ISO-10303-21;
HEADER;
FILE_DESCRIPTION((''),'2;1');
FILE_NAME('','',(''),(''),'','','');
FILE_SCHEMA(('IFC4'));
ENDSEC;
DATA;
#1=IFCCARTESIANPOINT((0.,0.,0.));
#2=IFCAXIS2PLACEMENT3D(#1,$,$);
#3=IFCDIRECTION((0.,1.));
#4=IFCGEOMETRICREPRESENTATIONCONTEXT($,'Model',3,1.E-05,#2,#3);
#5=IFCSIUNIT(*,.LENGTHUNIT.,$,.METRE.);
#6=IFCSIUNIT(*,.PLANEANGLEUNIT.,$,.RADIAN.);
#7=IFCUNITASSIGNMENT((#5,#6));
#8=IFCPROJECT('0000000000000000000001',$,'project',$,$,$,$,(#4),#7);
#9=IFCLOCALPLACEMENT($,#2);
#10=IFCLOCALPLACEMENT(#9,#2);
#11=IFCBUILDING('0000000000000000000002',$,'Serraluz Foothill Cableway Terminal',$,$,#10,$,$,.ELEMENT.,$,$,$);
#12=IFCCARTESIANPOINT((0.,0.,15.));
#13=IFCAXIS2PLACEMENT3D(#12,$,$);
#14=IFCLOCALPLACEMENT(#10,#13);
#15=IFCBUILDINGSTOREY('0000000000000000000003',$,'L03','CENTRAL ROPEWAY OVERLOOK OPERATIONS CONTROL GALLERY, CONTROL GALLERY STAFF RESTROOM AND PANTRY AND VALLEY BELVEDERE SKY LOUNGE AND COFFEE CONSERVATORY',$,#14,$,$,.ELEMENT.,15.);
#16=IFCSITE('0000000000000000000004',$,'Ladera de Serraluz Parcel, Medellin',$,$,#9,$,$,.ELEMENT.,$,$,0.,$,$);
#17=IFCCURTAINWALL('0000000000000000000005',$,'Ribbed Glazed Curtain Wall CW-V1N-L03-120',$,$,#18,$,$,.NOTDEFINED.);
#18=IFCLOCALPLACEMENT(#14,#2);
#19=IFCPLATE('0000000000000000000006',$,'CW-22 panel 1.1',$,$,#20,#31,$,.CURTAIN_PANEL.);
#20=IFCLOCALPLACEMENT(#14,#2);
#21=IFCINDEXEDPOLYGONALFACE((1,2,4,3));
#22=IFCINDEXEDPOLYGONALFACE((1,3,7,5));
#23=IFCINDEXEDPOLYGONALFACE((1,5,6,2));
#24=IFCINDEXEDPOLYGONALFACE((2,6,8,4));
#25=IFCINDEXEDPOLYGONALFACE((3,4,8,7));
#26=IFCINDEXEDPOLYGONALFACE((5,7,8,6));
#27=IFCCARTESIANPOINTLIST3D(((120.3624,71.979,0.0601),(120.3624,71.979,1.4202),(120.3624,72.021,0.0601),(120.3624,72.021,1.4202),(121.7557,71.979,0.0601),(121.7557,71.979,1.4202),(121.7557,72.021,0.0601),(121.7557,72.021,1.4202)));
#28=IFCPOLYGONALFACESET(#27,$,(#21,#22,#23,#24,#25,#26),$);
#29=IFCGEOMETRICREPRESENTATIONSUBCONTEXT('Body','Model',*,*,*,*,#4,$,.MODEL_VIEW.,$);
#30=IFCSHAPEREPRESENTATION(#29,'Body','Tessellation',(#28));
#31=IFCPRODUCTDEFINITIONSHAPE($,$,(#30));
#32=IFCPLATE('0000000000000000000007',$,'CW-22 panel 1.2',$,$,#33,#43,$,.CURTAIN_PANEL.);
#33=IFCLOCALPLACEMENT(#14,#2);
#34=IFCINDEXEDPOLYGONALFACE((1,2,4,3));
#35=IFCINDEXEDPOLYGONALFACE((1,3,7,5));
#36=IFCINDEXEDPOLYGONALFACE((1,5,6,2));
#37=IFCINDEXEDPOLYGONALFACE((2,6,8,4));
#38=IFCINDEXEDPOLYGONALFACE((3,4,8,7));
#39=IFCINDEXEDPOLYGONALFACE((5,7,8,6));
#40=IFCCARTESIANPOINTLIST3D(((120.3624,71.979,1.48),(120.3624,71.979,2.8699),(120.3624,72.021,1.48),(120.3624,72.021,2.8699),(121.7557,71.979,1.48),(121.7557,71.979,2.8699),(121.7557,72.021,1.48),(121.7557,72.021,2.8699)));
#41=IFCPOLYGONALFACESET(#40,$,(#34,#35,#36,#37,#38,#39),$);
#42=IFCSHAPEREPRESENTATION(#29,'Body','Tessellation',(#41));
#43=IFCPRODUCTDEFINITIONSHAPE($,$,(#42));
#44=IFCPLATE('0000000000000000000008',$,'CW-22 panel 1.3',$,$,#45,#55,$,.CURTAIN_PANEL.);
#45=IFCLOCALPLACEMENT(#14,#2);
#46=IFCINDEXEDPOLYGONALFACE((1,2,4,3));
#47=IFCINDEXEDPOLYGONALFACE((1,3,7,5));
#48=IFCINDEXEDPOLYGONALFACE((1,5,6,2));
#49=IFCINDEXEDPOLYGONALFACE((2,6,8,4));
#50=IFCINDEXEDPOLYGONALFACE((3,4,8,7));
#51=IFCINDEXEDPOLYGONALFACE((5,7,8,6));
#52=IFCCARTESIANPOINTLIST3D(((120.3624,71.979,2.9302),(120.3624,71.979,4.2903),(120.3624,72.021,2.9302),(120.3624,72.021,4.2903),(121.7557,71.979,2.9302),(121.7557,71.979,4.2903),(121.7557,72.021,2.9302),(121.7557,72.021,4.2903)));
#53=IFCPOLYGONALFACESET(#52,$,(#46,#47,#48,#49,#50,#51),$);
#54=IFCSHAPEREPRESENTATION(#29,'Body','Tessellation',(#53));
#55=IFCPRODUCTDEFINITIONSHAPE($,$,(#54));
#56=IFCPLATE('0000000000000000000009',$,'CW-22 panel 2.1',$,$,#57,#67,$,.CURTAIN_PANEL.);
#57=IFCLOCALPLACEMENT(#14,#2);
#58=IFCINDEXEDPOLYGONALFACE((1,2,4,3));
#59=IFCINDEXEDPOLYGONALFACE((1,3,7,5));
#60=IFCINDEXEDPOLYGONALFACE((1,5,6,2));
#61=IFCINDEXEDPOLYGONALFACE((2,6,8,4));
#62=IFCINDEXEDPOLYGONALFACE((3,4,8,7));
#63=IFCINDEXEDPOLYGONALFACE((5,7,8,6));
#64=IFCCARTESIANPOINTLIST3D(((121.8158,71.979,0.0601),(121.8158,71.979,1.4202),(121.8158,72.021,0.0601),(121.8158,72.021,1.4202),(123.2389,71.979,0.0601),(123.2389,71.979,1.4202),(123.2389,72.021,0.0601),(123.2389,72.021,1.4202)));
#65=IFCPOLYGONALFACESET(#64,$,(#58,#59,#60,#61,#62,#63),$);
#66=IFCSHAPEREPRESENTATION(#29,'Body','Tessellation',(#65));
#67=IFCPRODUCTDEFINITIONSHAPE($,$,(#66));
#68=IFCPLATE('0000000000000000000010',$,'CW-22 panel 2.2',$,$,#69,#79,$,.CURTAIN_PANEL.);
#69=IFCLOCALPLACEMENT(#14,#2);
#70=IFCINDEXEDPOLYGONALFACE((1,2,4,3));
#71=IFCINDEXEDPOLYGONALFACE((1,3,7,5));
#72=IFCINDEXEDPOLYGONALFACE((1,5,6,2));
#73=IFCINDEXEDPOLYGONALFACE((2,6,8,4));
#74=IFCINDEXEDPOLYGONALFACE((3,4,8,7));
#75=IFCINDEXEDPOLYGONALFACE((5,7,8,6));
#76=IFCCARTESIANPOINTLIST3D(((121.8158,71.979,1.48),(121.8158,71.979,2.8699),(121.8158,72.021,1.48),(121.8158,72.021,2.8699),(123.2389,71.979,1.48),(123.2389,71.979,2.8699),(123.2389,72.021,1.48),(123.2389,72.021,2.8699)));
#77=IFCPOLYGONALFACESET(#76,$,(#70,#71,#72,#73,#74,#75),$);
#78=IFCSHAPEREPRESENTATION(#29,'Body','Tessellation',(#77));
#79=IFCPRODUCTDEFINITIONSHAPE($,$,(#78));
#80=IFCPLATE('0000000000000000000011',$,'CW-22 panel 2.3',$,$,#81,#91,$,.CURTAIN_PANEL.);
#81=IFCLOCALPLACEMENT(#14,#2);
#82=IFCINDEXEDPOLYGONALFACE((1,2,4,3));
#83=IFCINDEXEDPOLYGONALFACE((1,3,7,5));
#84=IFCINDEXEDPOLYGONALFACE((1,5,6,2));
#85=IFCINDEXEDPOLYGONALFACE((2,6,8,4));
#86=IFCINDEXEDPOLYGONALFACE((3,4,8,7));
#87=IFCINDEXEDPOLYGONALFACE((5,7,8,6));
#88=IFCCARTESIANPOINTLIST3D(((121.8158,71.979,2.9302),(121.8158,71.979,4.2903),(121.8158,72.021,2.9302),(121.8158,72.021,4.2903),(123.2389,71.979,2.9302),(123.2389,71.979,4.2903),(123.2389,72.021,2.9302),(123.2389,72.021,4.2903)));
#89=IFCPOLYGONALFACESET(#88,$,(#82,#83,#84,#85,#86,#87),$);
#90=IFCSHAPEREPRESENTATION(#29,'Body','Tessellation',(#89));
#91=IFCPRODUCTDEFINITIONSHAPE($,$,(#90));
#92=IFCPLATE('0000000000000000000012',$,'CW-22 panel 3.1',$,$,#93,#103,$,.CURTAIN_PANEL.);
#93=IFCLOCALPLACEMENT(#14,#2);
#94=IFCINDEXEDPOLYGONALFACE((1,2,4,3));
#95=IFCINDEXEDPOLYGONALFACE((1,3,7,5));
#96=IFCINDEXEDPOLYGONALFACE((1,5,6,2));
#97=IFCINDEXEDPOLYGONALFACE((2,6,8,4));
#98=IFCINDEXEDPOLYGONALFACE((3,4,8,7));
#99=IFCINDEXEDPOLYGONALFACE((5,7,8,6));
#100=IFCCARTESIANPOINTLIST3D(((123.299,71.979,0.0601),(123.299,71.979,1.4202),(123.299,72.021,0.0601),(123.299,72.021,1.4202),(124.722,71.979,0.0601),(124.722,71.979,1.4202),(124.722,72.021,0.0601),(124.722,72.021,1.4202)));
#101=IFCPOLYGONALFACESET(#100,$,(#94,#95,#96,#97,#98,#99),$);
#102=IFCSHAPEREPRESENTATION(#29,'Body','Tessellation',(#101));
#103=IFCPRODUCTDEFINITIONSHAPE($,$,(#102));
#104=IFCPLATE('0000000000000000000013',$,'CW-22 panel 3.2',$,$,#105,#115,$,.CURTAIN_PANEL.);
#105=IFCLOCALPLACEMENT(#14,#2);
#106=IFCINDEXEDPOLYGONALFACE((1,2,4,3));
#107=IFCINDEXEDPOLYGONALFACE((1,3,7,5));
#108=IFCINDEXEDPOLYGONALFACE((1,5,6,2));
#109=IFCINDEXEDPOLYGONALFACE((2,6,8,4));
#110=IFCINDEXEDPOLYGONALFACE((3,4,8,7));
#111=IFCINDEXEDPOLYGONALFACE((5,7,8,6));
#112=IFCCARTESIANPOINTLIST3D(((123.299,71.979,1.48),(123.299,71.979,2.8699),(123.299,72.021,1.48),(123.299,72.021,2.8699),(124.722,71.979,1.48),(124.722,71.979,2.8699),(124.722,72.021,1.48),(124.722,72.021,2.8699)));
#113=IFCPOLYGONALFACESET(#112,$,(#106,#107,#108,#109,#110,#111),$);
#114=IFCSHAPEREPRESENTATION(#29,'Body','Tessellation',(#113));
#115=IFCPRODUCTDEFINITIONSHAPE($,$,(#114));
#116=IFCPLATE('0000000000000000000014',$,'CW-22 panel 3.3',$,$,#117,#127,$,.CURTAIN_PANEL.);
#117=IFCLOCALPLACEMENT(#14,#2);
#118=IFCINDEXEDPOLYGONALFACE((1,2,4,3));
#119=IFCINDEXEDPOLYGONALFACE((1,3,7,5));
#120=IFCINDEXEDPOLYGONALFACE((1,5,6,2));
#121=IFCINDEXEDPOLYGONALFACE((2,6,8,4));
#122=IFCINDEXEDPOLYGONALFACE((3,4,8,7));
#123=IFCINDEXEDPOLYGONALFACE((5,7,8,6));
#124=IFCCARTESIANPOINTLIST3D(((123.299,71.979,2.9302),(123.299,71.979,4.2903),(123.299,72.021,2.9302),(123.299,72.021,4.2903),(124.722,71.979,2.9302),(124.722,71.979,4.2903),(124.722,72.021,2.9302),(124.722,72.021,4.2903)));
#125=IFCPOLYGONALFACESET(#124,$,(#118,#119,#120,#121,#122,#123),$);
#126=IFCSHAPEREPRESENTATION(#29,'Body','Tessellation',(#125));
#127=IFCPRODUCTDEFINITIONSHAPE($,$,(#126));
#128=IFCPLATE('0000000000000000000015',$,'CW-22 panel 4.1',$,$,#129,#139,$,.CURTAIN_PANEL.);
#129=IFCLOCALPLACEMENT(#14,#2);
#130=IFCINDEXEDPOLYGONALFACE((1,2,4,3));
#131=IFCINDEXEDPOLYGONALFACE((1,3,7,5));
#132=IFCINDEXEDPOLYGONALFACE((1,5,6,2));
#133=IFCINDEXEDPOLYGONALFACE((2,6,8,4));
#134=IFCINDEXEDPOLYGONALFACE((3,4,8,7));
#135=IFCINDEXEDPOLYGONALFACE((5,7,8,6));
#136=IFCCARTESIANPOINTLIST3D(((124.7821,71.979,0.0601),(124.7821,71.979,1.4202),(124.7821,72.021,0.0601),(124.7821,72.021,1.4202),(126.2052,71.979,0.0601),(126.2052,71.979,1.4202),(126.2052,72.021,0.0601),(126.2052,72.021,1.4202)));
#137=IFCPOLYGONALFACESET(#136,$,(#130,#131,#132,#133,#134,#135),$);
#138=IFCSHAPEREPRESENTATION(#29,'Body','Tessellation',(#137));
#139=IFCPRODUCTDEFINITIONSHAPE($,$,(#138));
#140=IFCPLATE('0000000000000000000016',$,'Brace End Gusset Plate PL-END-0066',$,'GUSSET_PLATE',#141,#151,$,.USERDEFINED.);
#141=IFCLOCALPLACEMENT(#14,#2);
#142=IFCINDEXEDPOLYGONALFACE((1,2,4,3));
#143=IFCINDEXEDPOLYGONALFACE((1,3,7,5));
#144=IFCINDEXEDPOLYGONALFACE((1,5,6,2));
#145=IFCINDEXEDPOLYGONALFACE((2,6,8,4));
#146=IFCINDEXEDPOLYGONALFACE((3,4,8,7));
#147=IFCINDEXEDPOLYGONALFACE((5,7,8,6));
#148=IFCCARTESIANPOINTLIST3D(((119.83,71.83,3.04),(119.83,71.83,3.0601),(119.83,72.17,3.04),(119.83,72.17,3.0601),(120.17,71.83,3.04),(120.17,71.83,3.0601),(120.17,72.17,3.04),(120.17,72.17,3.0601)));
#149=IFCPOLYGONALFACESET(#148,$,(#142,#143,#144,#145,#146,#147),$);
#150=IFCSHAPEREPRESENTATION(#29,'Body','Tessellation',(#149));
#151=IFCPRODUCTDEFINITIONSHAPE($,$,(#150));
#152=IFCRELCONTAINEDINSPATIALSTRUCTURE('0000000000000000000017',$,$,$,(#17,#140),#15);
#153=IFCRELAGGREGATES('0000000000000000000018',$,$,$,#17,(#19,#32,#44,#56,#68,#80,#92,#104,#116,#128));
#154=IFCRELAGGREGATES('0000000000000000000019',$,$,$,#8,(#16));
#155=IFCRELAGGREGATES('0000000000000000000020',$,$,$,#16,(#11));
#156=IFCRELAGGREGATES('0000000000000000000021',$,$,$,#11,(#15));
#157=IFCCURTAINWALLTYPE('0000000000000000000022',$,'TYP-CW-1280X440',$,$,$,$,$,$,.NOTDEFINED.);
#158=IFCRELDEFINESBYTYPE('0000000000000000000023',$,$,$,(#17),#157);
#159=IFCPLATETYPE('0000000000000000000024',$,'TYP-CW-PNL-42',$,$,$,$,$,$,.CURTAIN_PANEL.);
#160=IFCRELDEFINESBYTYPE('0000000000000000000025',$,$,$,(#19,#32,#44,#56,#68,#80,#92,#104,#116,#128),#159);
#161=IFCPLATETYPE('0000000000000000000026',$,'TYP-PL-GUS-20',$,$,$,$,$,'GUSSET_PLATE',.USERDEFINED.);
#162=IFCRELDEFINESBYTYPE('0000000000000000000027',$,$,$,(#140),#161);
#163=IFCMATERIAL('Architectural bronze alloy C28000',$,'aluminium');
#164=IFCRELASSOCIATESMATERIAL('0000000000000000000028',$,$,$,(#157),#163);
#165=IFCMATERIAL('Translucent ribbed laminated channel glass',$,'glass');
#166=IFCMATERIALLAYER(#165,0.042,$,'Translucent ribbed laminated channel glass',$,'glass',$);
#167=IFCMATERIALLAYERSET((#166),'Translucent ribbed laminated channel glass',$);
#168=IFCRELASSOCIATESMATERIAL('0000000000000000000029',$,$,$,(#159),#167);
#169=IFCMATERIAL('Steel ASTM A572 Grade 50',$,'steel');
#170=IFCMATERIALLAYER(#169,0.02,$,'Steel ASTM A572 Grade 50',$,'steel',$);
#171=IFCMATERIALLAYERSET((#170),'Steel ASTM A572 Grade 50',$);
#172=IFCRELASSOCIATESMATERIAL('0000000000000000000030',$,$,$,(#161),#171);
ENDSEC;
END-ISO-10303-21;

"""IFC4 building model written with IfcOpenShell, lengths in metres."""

from ifc_helpers import new_model, si_unit, direction, frame, origin, origin_2d, place, context, subcontext, project, spatial, rectangle, extrude, material, layer, layer_set, type_object, element, aggregate, save


model = new_model("IFC4")

# Units and contexts
model_context = context("Model", 3, precision=1e-05, world=origin(), true_north=direction((0.0, 1.0)))
body_context = subcontext(model_context, "Body", "Model", "MODEL_VIEW")
ifc_project = project(units=[si_unit("LENGTHUNIT", "METRE"), si_unit("PLANEANGLEUNIT", "RADIAN")], contexts=[model_context])

# Site, building, storey
site_placement = place(None, origin())
site = spatial("IfcSite", under=ifc_project, at=site_placement, Name="Ladera de Serraluz Parcel, Medellin", CompositionType="ELEMENT", RefElevation=0.0)
building_placement = place(site_placement, origin())
building = spatial("IfcBuilding", under=site, at=building_placement, Name="Serraluz Foothill Cableway Terminal", CompositionType="ELEMENT")
storey_placement = place(building_placement, frame((0.0, 0.0, 15.0)))
storey = spatial("IfcBuildingStorey", under=building, at=storey_placement, Name="L03", Description="CENTRAL ROPEWAY OVERLOOK OPERATIONS CONTROL GALLERY, CONTROL GALLERY STAFF RESTROOM AND PANTRY AND VALLEY BELVEDERE SKY LOUNGE AND COFFEE CONSERVATORY", CompositionType="ELEMENT", Elevation=15.0)

# Curtain wall
ifc_material_1 = material(Name="Architectural bronze alloy C28000", Category="aluminium")
curtain_wall_type = type_object("IfcCurtainWallType", Name="TYP-CW-1280X440", PredefinedType="NOTDEFINED", material=ifc_material_1)
curtain_wall_placement = place(storey_placement, origin())
curtain_wall = element("IfcCurtainWall", 1, at=curtain_wall_placement, inside=storey, type_object=curtain_wall_type, Name="Ribbed Glazed Curtain Wall CW-V1N-L03-120", PredefinedType="NOTDEFINED")

# Plates
ifc_material_2 = material(Name="Translucent ribbed laminated channel glass", Category="glass")
ifc_layer_1 = layer(ifc_material_2, 0.042, Name="Translucent ribbed laminated channel glass", Category="glass")
ifc_layer_set_1 = layer_set([ifc_layer_1], Name="Translucent ribbed laminated channel glass")
plate_type_1 = type_object("IfcPlateType", Name="TYP-CW-PNL-42", PredefinedType="CURTAIN_PANEL", material=ifc_layer_set_1)
plate_1_placement = place(storey_placement, frame((121.0591, 72.0, 0.0601), z_axis=(0.0, 0.0, 1.0), x_axis=(1.0, 0.0, 0.0)))
plate_1 = element("IfcPlate", 2, at=plate_1_placement, type_object=plate_type_1, Name="CW-22 panel 1.1", PredefinedType="CURTAIN_PANEL", context=body_context, shape_type="SweptSolid", body=[
    extrude(rectangle(XDim=1.3933, YDim=0.042, at=origin_2d()), origin(), (0.0, 0.0, 1.0), 1.3601),
])
plate_2_placement = place(storey_placement, frame((121.0591, 72.0, 1.48), z_axis=(0.0, 0.0, 1.0), x_axis=(1.0, 0.0, 0.0)))
plate_2 = element("IfcPlate", 3, at=plate_2_placement, type_object=plate_type_1, Name="CW-22 panel 1.2", PredefinedType="CURTAIN_PANEL", context=body_context, shape_type="SweptSolid", body=[
    extrude(rectangle(XDim=1.3933, YDim=0.042, at=origin_2d()), origin(), (0.0, 0.0, 1.0), 1.3899),
])
plate_3_placement = place(storey_placement, frame((121.0591, 72.0, 2.9302), z_axis=(0.0, 0.0, 1.0), x_axis=(1.0, 0.0, 0.0)))
plate_3 = element("IfcPlate", 4, at=plate_3_placement, type_object=plate_type_1, Name="CW-22 panel 1.3", PredefinedType="CURTAIN_PANEL", context=body_context, shape_type="SweptSolid", body=[
    extrude(rectangle(XDim=1.3933, YDim=0.042, at=origin_2d()), origin(), (0.0, 0.0, 1.0), 1.3601),
])
plate_4_placement = place(storey_placement, frame((122.5273, 72.0, 0.0601), z_axis=(0.0, 0.0, 1.0), x_axis=(1.0, 0.0, 0.0)))
plate_4 = element("IfcPlate", 5, at=plate_4_placement, type_object=plate_type_1, Name="CW-22 panel 2.1", PredefinedType="CURTAIN_PANEL", context=body_context, shape_type="SweptSolid", body=[
    extrude(rectangle(XDim=1.4231, YDim=0.042, at=origin_2d()), origin(), (0.0, 0.0, 1.0), 1.3601),
])
plate_5_placement = place(storey_placement, frame((122.5273, 72.0, 1.48), z_axis=(0.0, 0.0, 1.0), x_axis=(1.0, 0.0, 0.0)))
plate_5 = element("IfcPlate", 6, at=plate_5_placement, type_object=plate_type_1, Name="CW-22 panel 2.2", PredefinedType="CURTAIN_PANEL", context=body_context, shape_type="SweptSolid", body=[
    extrude(rectangle(XDim=1.4231, YDim=0.042, at=origin_2d()), origin(), (0.0, 0.0, 1.0), 1.3899),
])
plate_6_placement = place(storey_placement, frame((122.5273, 72.0, 2.9302), z_axis=(0.0, 0.0, 1.0), x_axis=(1.0, 0.0, 0.0)))
plate_6 = element("IfcPlate", 7, at=plate_6_placement, type_object=plate_type_1, Name="CW-22 panel 2.3", PredefinedType="CURTAIN_PANEL", context=body_context, shape_type="SweptSolid", body=[
    extrude(rectangle(XDim=1.4231, YDim=0.042, at=origin_2d()), origin(), (0.0, 0.0, 1.0), 1.3601),
])
plate_7_placement = place(storey_placement, frame((124.0105, 72.0, 0.0601), z_axis=(0.0, 0.0, 1.0), x_axis=(1.0, 0.0, 0.0)))
plate_7 = element("IfcPlate", 8, at=plate_7_placement, type_object=plate_type_1, Name="CW-22 panel 3.1", PredefinedType="CURTAIN_PANEL", context=body_context, shape_type="SweptSolid", body=[
    extrude(rectangle(XDim=1.4231, YDim=0.042, at=origin_2d()), origin(), (0.0, 0.0, 1.0), 1.3601),
])
plate_8_placement = place(storey_placement, frame((124.0105, 72.0, 1.48), z_axis=(0.0, 0.0, 1.0), x_axis=(1.0, 0.0, 0.0)))
plate_8 = element("IfcPlate", 9, at=plate_8_placement, type_object=plate_type_1, Name="CW-22 panel 3.2", PredefinedType="CURTAIN_PANEL", context=body_context, shape_type="SweptSolid", body=[
    extrude(rectangle(XDim=1.4231, YDim=0.042, at=origin_2d()), origin(), (0.0, 0.0, 1.0), 1.3899),
])
plate_9_placement = place(storey_placement, frame((124.0105, 72.0, 2.9302), z_axis=(0.0, 0.0, 1.0), x_axis=(1.0, 0.0, 0.0)))
plate_9 = element("IfcPlate", 10, at=plate_9_placement, type_object=plate_type_1, Name="CW-22 panel 3.3", PredefinedType="CURTAIN_PANEL", context=body_context, shape_type="SweptSolid", body=[
    extrude(rectangle(XDim=1.4231, YDim=0.042, at=origin_2d()), origin(), (0.0, 0.0, 1.0), 1.3601),
])
plate_10_placement = place(storey_placement, frame((125.4937, 72.0, 0.0601), z_axis=(0.0, 0.0, 1.0), x_axis=(1.0, 0.0, 0.0)))
plate_10 = element("IfcPlate", 11, at=plate_10_placement, type_object=plate_type_1, Name="CW-22 panel 4.1", PredefinedType="CURTAIN_PANEL", context=body_context, shape_type="SweptSolid", body=[
    extrude(rectangle(XDim=1.4231, YDim=0.042, at=origin_2d()), origin(), (0.0, 0.0, 1.0), 1.3601),
])
aggregate(curtain_wall, [plate_1, plate_2, plate_3, plate_4, plate_5, plate_6, plate_7, plate_8, plate_9, plate_10])
ifc_material_3 = material(Name="Steel ASTM A572 Grade 50", Category="steel")
ifc_layer_2 = layer(ifc_material_3, 0.02, Name="Steel ASTM A572 Grade 50", Category="steel")
ifc_layer_set_2 = layer_set([ifc_layer_2], Name="Steel ASTM A572 Grade 50")
plate_type_2 = type_object("IfcPlateType", Name="TYP-PL-GUS-20", ElementType="GUSSET_PLATE", PredefinedType="USERDEFINED", material=ifc_layer_set_2)
plate_11_placement = place(storey_placement, frame((120.0, 72.0, 3.04), z_axis=(0.0, 0.0, 1.0), x_axis=(1.0, 0.0, 0.0)))
element("IfcPlate", 12, at=plate_11_placement, inside=storey, type_object=plate_type_2, Name="Brace End Gusset Plate PL-END-0066", ObjectType="GUSSET_PLATE", PredefinedType="USERDEFINED", context=body_context, shape_type="SweptSolid", body=[
    extrude(rectangle(XDim=0.3401, YDim=0.3401, at=origin_2d()), origin(), (0.0, 0.0, 1.0), 0.02),
])

save(model, "model.ifc")
